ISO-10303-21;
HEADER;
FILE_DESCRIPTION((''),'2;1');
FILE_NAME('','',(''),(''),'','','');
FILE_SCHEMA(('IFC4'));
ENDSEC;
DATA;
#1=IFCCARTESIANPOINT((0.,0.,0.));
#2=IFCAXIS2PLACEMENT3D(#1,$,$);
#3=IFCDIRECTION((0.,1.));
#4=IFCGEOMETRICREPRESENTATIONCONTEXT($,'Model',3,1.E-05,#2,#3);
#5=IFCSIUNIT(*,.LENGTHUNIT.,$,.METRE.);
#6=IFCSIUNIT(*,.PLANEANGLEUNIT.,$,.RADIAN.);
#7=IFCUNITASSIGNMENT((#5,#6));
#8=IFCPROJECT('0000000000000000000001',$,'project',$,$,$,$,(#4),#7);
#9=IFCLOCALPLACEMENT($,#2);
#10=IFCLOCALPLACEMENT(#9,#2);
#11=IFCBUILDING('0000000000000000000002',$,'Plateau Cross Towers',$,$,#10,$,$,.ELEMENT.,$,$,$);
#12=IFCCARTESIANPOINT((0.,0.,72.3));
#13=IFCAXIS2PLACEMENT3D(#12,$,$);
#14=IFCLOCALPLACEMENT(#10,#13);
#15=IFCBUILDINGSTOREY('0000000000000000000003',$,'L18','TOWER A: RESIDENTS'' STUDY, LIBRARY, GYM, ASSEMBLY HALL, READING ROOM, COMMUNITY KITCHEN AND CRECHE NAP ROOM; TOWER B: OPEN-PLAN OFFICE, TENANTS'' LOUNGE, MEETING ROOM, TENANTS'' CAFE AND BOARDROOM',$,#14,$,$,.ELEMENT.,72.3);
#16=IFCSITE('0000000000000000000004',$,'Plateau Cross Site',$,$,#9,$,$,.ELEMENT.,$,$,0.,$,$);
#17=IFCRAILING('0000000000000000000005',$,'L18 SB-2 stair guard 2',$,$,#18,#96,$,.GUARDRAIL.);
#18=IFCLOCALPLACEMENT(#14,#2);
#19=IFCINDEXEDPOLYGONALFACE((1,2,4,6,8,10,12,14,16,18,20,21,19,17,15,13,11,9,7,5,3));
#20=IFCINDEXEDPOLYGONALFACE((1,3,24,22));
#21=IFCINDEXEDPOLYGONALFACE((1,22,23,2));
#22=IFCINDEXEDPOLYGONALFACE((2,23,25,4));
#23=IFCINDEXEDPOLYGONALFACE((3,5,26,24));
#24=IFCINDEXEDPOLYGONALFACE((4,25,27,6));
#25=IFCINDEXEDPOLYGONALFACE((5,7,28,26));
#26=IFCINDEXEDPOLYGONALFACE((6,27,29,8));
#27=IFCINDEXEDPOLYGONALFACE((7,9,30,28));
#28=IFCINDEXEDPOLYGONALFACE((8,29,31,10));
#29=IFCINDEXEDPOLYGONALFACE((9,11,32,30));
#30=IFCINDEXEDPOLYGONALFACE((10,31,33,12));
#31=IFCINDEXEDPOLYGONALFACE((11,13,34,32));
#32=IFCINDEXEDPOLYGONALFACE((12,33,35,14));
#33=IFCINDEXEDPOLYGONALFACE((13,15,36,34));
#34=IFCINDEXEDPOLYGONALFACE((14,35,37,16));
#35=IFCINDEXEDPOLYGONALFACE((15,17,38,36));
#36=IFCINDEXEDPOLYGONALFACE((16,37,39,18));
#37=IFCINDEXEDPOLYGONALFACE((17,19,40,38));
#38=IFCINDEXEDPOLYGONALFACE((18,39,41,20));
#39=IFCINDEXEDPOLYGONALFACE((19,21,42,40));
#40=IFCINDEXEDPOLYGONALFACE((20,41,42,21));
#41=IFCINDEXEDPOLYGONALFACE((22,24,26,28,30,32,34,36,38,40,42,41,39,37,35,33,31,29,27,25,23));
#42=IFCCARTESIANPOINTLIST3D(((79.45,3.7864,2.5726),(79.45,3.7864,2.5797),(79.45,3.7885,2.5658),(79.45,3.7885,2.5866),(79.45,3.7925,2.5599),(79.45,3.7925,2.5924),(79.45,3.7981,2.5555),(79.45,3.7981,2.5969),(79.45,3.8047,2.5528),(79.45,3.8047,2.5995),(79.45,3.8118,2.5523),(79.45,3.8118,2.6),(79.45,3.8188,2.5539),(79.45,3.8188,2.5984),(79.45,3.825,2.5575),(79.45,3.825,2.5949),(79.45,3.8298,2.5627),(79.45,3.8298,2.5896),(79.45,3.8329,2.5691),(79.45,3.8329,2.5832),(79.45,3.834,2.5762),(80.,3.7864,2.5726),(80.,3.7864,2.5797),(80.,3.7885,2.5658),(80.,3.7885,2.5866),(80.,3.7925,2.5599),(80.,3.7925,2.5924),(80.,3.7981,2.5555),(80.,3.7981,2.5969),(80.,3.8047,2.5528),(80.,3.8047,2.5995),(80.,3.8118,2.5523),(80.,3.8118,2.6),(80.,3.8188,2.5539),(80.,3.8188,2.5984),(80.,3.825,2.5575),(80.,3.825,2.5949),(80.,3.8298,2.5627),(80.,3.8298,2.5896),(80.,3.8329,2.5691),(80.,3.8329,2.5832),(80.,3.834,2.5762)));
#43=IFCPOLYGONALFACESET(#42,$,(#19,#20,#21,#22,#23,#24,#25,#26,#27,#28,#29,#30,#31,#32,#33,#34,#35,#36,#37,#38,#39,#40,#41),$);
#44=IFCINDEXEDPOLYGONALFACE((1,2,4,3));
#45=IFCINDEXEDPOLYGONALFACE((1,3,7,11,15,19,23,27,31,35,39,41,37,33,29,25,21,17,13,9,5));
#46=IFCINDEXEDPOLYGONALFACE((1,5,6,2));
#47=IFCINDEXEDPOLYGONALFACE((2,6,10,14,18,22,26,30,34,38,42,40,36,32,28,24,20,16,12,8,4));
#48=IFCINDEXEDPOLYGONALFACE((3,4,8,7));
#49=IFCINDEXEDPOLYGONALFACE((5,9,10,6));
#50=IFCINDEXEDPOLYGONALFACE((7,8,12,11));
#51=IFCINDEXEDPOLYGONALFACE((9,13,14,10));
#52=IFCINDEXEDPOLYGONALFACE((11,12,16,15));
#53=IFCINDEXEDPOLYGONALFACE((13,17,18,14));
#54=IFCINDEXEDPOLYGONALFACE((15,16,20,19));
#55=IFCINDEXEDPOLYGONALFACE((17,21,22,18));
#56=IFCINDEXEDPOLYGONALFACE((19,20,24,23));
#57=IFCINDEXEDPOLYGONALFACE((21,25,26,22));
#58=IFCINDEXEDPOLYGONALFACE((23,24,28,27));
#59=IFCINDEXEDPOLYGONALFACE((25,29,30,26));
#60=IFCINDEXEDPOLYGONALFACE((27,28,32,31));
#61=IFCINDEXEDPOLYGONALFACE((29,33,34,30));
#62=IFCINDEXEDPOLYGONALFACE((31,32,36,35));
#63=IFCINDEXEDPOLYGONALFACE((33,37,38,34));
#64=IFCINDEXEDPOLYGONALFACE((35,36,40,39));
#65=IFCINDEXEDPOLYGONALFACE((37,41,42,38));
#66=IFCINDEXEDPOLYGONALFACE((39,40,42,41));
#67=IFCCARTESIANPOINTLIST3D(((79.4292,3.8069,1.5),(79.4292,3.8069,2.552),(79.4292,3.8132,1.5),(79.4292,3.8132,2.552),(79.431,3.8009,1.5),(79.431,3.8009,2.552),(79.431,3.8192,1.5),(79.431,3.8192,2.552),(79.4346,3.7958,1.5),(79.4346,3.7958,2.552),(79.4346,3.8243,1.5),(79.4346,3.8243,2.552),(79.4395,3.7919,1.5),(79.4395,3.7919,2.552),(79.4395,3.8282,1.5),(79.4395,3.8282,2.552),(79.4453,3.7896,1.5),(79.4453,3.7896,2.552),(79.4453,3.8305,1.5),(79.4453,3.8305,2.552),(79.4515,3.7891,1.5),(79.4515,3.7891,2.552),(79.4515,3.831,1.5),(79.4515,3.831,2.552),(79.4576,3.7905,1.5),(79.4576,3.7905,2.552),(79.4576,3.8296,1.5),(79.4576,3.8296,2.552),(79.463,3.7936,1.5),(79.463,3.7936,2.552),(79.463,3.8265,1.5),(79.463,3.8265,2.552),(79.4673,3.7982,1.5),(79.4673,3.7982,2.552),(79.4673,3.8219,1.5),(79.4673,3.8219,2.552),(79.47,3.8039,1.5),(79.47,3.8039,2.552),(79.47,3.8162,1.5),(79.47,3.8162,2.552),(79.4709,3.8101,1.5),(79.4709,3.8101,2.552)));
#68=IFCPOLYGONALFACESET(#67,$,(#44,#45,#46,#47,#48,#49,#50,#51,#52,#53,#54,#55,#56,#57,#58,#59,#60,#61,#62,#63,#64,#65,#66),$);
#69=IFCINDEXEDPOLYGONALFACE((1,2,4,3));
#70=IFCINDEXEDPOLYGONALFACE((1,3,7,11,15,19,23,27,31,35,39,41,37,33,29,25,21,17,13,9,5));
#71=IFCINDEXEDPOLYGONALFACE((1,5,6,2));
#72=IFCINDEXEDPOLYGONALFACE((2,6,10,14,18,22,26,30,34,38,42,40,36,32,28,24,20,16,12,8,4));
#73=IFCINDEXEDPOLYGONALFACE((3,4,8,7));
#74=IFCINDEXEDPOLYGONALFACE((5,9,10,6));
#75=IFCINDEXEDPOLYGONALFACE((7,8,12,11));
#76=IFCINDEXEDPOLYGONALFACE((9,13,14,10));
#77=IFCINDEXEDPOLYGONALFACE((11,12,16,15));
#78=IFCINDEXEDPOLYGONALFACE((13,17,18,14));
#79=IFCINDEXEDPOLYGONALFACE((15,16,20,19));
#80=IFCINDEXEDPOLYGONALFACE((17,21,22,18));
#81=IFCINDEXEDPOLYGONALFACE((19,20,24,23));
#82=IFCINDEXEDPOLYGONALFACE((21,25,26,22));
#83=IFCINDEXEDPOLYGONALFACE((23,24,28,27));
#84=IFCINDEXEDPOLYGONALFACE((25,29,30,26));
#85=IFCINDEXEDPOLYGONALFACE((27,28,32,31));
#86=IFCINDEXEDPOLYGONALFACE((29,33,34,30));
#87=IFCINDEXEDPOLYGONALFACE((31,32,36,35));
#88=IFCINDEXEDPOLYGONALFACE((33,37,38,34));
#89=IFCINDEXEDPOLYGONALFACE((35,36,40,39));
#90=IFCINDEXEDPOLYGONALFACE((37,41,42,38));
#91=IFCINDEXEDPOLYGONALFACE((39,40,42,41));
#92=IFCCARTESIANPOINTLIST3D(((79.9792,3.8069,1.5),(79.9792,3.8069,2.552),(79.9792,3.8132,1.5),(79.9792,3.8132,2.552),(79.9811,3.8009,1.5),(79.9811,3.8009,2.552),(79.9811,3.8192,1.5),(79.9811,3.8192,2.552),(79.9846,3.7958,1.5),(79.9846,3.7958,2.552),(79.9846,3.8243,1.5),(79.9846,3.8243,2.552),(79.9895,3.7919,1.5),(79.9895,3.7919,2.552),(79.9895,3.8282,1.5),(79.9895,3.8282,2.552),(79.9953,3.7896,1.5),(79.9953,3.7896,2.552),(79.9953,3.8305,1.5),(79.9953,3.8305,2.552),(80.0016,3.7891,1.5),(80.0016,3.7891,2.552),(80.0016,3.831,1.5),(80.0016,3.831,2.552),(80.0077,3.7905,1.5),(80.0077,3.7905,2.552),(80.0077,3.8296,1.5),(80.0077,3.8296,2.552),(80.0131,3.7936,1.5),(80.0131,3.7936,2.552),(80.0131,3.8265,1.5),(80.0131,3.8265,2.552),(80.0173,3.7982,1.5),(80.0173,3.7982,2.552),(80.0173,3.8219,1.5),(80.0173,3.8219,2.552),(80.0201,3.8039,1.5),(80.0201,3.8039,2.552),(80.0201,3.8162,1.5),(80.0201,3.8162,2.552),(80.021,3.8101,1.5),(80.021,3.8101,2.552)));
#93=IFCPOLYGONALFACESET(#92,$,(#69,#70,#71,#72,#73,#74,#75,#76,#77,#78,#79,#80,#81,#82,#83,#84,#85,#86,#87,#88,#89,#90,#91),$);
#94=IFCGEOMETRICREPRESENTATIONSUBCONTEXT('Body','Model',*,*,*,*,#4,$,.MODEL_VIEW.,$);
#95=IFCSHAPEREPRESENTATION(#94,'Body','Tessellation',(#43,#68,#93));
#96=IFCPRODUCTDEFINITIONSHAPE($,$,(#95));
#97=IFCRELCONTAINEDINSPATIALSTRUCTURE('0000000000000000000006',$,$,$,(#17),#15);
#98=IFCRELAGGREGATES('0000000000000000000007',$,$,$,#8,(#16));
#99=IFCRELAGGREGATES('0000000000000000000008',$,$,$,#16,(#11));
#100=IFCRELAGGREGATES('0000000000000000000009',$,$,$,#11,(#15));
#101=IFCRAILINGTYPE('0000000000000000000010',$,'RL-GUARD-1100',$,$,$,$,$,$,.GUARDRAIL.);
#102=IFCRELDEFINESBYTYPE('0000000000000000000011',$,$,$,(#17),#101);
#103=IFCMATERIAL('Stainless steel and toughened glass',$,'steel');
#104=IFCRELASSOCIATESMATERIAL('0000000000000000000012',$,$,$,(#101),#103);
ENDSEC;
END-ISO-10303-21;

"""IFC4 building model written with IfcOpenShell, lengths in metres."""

from ifc_helpers import new_model, si_unit, direction, frame, origin, origin_2d, place, context, subcontext, project, spatial, circle, extrude, material, type_object, element, save


model = new_model("IFC4")

# Units and contexts
model_context = context("Model", 3, precision=1e-05, world=origin(), true_north=direction((0.0, 1.0)))
body_context = subcontext(model_context, "Body", "Model", "MODEL_VIEW")
ifc_project = project(units=[si_unit("LENGTHUNIT", "METRE"), si_unit("PLANEANGLEUNIT", "RADIAN")], contexts=[model_context])

# Site, building, storey
site_placement = place(None, origin())
site = spatial("IfcSite", under=ifc_project, at=site_placement, Name="Plateau Cross Site", CompositionType="ELEMENT", RefElevation=0.0)
building_placement = place(site_placement, origin())
building = spatial("IfcBuilding", under=site, at=building_placement, Name="Plateau Cross Towers", CompositionType="ELEMENT")
storey_placement = place(building_placement, frame((0.0, 0.0, 72.3)))
storey = spatial("IfcBuildingStorey", under=building, at=storey_placement, Name="L18", Description="TOWER A: RESIDENTS' STUDY, LIBRARY, GYM, ASSEMBLY HALL, READING ROOM, COMMUNITY KITCHEN AND CRECHE NAP ROOM; TOWER B: OPEN-PLAN OFFICE, TENANTS' LOUNGE, MEETING ROOM, TENANTS' CAFE AND BOARDROOM", CompositionType="ELEMENT", Elevation=72.3)

# Railing
ifc_material_1 = material(Name="Stainless steel and toughened glass", Category="steel")
railing_type_1 = type_object("IfcRailingType", Name="RL-GUARD-1100", PredefinedType="GUARDRAIL", material=ifc_material_1)
railing_1_placement = place(storey_placement, frame((79.45, 3.8101, 1.5)))
element("IfcRailing", 1, at=railing_1_placement, inside=storey, type_object=railing_type_1, Name="L18 SB-2 stair guard 2", PredefinedType="GUARDRAIL", context=body_context, shape_type="SweptSolid", body=[
    extrude(circle(Radius=0.0239, at=origin_2d()), frame((0.0, 0.0, 1.0762), z_axis=(1.0, 0.0, 0.0), x_axis=(0.0, 1.0, 0.0)), (0.0, 0.0, 1.0), 0.55),
    extrude(circle(Radius=0.021, at=origin_2d()), origin(), (0.0, 0.0, 1.0), 1.052),
    extrude(circle(Radius=0.021, at=origin_2d()), frame((0.55, 0.0, 0.0)), (0.0, 0.0, 1.0), 1.052),
])

save(model, "model.ifc")
